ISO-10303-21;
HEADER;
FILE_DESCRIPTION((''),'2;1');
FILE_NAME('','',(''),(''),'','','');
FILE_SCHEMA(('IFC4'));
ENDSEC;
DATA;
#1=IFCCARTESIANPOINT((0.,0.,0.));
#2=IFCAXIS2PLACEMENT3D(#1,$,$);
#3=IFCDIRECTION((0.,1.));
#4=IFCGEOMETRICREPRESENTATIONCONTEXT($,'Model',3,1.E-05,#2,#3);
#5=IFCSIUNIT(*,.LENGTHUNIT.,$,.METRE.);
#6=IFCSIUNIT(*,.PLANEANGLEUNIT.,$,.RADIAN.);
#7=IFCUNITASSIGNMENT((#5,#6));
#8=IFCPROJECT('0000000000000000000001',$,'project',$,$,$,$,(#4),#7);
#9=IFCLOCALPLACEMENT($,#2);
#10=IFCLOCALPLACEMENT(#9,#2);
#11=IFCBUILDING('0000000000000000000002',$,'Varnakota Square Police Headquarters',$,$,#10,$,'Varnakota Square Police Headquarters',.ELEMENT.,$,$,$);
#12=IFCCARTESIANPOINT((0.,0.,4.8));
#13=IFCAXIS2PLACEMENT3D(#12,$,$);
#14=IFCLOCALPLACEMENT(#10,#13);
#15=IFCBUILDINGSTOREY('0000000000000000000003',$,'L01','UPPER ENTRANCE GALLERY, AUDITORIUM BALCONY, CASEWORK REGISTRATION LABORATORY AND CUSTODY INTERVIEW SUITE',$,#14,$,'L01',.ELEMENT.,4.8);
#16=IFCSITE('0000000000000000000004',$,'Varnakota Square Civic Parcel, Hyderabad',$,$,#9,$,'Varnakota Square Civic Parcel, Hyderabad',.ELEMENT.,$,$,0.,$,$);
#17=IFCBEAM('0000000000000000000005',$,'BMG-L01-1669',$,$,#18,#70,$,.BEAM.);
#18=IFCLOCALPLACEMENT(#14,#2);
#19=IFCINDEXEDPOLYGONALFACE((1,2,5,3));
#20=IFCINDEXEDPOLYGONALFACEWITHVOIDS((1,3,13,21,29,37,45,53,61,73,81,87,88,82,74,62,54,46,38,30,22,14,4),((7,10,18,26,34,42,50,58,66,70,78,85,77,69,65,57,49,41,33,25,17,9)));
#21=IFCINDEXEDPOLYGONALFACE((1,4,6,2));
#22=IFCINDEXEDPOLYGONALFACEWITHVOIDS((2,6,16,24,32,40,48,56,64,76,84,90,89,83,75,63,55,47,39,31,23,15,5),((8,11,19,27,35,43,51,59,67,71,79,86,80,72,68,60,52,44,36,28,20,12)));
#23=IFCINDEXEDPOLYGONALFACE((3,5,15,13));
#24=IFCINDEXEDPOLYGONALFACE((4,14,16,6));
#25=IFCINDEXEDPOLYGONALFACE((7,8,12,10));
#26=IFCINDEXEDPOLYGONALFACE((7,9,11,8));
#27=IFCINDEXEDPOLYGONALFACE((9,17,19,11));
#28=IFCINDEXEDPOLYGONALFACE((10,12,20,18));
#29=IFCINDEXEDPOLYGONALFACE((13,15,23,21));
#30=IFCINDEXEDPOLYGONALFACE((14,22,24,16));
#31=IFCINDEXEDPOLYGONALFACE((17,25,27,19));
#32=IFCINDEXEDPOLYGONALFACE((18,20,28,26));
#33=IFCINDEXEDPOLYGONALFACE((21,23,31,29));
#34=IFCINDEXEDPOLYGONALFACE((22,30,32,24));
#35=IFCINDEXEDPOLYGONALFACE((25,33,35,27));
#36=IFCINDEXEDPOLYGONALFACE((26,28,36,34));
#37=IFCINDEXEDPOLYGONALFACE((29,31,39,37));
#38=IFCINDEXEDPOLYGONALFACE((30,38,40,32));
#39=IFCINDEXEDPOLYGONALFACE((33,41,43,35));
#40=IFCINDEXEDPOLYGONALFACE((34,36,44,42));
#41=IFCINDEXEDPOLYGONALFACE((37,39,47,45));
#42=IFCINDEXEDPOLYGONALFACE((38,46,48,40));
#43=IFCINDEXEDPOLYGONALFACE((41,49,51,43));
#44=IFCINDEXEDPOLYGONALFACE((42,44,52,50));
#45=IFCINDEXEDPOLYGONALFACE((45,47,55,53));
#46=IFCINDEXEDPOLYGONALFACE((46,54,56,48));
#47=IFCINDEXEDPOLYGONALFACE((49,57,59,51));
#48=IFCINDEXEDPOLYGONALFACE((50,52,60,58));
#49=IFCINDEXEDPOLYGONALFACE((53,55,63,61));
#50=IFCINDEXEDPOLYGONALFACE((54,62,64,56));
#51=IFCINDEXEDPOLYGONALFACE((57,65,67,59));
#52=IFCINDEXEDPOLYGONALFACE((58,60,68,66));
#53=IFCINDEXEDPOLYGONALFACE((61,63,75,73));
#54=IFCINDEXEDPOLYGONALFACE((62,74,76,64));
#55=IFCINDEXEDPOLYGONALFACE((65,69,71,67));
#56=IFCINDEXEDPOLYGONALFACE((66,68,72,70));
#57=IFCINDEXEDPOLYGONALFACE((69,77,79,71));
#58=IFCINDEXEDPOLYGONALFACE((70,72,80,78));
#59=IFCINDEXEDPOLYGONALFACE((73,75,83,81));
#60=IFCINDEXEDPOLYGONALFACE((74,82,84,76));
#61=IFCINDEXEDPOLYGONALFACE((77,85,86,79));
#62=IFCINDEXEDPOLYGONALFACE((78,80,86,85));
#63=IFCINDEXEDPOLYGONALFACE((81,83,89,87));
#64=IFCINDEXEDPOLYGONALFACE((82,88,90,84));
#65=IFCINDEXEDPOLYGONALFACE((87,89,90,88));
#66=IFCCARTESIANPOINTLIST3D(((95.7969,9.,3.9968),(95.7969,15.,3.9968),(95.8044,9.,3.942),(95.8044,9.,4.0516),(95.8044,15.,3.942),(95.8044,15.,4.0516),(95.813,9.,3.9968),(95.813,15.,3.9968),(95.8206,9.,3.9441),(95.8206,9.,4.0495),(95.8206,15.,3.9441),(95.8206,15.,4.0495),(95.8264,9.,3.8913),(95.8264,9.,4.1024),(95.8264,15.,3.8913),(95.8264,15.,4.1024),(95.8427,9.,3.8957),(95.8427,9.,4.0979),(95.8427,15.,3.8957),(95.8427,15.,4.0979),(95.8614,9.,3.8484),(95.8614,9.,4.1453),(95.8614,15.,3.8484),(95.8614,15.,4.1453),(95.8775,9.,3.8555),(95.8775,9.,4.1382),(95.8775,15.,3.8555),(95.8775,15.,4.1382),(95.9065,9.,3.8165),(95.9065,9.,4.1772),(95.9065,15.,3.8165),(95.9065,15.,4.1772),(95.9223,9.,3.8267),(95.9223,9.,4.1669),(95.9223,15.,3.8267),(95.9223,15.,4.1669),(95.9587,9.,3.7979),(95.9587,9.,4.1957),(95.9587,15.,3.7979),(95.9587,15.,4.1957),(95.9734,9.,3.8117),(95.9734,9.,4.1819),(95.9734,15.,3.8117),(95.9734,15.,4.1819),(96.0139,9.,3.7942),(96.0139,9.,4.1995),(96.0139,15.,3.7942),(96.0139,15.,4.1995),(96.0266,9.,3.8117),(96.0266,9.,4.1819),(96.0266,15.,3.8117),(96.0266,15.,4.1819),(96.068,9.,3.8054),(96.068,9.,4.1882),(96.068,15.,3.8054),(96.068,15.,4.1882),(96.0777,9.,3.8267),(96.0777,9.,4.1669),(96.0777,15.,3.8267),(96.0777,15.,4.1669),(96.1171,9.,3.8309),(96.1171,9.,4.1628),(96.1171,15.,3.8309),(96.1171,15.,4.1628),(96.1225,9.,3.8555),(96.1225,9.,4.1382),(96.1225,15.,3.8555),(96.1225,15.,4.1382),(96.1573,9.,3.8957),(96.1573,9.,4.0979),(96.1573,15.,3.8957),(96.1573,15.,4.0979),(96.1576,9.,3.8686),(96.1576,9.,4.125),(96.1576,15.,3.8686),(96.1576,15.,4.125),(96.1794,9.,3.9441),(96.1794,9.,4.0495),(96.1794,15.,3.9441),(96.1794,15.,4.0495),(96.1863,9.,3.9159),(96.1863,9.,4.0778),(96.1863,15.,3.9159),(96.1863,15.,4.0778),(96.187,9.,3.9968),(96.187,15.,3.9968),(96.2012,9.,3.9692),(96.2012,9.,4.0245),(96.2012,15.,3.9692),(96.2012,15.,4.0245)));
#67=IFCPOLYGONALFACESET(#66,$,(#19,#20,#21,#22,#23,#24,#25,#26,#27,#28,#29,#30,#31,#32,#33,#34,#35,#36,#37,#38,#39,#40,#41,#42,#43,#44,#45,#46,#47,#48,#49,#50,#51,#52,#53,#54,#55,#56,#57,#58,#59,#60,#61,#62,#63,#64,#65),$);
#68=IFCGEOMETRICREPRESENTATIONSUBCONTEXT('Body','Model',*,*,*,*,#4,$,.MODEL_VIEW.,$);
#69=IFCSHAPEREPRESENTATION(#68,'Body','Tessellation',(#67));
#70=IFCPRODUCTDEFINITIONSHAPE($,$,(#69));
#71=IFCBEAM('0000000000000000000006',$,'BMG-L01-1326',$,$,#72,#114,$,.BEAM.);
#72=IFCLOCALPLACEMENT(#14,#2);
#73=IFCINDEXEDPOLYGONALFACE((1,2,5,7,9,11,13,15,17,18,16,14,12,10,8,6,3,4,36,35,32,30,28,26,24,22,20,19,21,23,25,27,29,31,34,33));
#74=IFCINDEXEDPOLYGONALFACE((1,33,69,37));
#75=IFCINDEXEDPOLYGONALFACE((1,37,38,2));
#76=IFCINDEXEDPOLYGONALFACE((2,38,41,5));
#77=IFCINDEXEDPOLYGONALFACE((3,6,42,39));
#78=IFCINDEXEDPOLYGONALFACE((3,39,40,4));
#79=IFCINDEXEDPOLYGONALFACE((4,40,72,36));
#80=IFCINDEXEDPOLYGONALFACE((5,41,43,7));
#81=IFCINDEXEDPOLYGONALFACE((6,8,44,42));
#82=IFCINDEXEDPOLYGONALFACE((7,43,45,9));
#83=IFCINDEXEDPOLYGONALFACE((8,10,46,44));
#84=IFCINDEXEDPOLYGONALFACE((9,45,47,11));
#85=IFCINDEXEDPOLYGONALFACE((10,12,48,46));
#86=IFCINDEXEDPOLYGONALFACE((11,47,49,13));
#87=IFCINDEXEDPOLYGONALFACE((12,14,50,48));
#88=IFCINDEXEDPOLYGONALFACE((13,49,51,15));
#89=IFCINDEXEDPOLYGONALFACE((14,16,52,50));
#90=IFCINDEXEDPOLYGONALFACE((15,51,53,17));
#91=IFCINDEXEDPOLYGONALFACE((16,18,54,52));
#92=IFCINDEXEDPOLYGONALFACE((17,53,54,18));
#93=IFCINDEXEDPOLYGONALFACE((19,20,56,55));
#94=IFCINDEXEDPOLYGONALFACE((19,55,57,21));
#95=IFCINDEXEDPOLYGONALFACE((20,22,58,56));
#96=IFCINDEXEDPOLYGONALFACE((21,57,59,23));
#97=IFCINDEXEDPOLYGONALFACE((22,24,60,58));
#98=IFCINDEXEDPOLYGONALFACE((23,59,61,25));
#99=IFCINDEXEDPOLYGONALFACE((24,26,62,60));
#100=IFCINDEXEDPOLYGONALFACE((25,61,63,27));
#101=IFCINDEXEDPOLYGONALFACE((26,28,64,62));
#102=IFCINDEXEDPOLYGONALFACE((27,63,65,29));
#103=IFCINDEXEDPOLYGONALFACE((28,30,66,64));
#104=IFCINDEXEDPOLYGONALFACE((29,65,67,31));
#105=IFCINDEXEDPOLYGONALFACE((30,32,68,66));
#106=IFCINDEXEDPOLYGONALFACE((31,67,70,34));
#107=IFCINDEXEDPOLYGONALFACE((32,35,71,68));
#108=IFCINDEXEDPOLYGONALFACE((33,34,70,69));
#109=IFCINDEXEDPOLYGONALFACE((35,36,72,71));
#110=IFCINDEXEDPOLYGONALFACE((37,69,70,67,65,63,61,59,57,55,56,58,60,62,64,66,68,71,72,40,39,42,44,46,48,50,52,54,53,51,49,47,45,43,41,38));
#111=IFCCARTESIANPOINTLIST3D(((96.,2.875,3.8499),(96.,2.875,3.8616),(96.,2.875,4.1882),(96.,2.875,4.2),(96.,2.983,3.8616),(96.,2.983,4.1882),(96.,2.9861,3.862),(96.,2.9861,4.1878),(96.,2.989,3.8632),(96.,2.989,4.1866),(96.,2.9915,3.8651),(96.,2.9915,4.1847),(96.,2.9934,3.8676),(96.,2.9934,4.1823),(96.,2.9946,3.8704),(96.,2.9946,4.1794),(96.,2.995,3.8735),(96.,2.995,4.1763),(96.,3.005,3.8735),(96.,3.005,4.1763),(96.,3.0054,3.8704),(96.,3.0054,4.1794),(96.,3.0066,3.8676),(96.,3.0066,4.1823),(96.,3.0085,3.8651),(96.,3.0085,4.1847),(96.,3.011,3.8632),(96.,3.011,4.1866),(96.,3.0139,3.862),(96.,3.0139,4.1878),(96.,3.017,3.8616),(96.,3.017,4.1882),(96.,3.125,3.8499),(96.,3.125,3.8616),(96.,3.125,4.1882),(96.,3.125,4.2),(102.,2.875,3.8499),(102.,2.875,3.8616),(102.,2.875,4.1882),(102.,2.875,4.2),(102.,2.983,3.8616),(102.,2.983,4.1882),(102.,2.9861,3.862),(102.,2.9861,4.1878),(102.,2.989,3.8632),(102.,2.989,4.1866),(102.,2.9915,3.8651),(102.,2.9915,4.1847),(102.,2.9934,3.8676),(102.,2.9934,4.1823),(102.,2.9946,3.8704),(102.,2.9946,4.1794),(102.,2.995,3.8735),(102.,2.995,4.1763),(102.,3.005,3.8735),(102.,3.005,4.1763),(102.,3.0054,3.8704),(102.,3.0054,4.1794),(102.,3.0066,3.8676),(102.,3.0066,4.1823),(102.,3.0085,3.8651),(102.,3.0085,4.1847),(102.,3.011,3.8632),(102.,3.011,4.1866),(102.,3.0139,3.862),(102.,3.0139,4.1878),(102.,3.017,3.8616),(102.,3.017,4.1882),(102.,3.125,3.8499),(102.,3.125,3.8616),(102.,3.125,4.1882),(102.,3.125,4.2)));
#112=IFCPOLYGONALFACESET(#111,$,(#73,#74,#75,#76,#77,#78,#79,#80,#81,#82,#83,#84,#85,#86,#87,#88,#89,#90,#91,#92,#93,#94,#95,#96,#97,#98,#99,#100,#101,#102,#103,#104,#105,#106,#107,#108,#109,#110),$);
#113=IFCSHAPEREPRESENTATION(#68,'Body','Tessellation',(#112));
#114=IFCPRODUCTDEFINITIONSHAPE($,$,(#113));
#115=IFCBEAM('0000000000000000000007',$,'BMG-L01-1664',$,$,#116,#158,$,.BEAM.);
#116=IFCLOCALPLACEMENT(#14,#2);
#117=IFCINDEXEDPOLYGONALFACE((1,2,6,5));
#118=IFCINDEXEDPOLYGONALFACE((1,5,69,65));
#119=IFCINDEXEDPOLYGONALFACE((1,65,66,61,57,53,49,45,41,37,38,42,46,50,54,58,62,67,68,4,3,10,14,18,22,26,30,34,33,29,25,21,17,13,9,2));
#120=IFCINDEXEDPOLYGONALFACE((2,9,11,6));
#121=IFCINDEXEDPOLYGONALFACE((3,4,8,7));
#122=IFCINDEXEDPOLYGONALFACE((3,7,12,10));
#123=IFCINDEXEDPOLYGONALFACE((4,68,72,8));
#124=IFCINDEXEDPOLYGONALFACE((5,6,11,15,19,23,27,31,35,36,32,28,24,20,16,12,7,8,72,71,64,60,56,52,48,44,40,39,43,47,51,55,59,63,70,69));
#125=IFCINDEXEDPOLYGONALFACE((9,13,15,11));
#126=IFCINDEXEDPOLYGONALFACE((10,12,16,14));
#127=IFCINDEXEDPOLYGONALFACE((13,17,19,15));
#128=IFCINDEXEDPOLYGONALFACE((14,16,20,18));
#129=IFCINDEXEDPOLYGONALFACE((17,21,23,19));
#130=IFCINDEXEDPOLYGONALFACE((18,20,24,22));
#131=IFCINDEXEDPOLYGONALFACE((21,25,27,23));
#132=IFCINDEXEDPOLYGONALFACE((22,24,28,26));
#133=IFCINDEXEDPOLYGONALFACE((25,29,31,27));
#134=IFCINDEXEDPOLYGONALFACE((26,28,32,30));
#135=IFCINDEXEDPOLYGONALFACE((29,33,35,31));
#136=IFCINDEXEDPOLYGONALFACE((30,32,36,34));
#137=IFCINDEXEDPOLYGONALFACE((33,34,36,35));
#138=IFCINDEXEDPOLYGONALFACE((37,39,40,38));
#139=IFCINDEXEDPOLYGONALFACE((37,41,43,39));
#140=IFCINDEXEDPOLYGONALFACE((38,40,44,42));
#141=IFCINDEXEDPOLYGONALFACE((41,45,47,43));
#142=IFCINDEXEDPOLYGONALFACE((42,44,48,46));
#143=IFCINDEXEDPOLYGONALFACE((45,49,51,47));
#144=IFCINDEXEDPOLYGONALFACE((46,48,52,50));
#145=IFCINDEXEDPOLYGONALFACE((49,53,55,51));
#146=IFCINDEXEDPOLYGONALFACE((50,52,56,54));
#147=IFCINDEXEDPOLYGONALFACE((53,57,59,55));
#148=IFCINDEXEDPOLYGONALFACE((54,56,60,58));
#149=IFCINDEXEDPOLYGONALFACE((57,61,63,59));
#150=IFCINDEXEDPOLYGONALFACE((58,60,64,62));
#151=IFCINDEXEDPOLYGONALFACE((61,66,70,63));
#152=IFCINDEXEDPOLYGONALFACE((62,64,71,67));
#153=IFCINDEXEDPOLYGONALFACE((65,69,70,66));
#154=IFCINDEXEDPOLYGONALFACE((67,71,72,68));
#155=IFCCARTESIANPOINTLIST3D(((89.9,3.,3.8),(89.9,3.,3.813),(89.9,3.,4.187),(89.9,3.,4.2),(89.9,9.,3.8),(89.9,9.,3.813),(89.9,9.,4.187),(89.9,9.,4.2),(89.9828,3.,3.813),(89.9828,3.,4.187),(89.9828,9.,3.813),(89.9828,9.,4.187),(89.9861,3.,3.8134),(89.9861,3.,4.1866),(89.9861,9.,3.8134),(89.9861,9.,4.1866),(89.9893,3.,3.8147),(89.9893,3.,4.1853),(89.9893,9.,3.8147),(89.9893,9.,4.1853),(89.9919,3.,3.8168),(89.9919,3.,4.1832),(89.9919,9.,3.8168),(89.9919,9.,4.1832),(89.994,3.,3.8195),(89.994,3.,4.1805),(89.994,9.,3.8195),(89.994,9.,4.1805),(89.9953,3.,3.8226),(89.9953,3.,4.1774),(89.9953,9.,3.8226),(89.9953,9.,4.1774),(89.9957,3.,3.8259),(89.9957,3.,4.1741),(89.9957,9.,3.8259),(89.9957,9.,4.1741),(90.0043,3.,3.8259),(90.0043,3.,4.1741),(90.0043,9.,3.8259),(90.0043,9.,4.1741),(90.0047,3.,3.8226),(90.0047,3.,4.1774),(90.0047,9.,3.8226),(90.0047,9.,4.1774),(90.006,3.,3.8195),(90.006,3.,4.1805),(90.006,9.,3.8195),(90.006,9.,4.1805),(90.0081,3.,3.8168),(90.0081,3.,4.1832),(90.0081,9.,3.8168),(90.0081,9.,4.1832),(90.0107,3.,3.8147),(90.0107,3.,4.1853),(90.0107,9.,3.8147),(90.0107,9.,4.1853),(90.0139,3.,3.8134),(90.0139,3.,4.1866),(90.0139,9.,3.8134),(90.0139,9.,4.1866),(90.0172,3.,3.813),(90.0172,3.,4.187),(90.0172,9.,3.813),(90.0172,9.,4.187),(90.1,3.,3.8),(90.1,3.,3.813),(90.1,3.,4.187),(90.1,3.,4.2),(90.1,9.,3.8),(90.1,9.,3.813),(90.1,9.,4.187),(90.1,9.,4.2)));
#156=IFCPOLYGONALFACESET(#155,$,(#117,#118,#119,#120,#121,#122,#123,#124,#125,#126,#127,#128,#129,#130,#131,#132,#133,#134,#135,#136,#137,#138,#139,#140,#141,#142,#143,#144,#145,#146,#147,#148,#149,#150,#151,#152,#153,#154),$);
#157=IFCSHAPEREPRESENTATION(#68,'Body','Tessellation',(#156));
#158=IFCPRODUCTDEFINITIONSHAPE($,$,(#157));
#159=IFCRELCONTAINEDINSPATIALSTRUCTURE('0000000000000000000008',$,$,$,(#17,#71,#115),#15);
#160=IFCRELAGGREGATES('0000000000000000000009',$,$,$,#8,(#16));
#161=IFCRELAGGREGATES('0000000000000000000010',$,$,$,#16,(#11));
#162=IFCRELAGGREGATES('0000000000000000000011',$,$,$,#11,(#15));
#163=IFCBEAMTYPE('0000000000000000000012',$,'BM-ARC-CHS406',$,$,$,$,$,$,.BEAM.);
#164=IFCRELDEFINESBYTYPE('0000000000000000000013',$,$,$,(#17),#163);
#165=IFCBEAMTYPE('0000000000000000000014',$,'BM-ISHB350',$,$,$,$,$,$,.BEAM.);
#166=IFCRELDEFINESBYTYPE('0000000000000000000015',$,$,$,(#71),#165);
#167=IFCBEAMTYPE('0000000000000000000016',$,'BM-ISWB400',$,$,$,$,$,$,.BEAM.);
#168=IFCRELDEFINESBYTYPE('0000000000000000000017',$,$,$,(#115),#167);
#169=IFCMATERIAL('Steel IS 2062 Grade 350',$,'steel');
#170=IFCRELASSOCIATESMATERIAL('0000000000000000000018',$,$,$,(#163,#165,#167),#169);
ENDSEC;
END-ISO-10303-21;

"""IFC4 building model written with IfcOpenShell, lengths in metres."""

from ifc_helpers import new_model, si_unit, direction, frame, origin, origin_2d, place, context, subcontext, project, spatial, hollow_circle, i_section, extrude, material, material_profile, profile_set, type_object, element, save


model = new_model("IFC4")

# Units and contexts
model_context = context("Model", 3, precision=1e-05, world=origin(), true_north=direction((0.0, 1.0)))
body_context = subcontext(model_context, "Body", "Model", "MODEL_VIEW")
ifc_project = project(units=[si_unit("LENGTHUNIT", "METRE"), si_unit("PLANEANGLEUNIT", "RADIAN")], contexts=[model_context])

# Site, building, storey
site_placement = place(None, origin())
site = spatial("IfcSite", under=ifc_project, at=site_placement, Name="Varnakota Square Civic Parcel, Hyderabad", LongName="Varnakota Square Civic Parcel, Hyderabad", CompositionType="ELEMENT", RefElevation=0.0)
building_placement = place(site_placement, origin())
building = spatial("IfcBuilding", under=site, at=building_placement, Name="Varnakota Square Police Headquarters", LongName="Varnakota Square Police Headquarters", CompositionType="ELEMENT")
storey_placement = place(building_placement, frame((0.0, 0.0, 4.8)))
storey = spatial("IfcBuildingStorey", under=building, at=storey_placement, Name="L01", Description="UPPER ENTRANCE GALLERY, AUDITORIUM BALCONY, CASEWORK REGISTRATION LABORATORY AND CUSTODY INTERVIEW SUITE", LongName="L01", CompositionType="ELEMENT", Elevation=4.8)

# Shared definitions
ifc_material_1 = material(Name="Steel IS 2062 Grade 350", Category="steel")

# Beams
ifc_material_profile_1 = material_profile(ifc_material_1, hollow_circle(Radius=0.2031, WallThickness=0.0161, at=origin_2d()), Name="CHS 406.4x16.0")
ifc_profile_set_1 = profile_set([ifc_material_profile_1], Name="Steel IS 2062 Grade 350")
beam_type_1 = type_object("IfcBeamType", Name="BM-ARC-CHS406", PredefinedType="BEAM", material=ifc_profile_set_1)
beam_1_placement = place(storey_placement, frame((96.0, 9.0, 3.9968), z_axis=(0.0, 1.0, 0.0), x_axis=(-1.0, 0.0, 0.0)))
element("IfcBeam", 1, at=beam_1_placement, inside=storey, type_object=beam_type_1, Name="BMG-L01-1669", PredefinedType="BEAM", context=body_context, shape_type="SweptSolid", body=[
    extrude(hollow_circle(Radius=0.2031, WallThickness=0.0161, at=origin_2d()), origin(), (0.0, 0.0, 1.0), 6.0),
])
ifc_material_profile_2 = material_profile(ifc_material_1, i_section(OverallWidth=0.25, OverallDepth=0.3501, WebThickness=0.01, FlangeThickness=0.0117, FilletRadius=0.012, at=origin_2d()), Name="ISHB 350")
ifc_profile_set_2 = profile_set([ifc_material_profile_2], Name="Steel IS 2062 Grade 350")
beam_type_2 = type_object("IfcBeamType", Name="BM-ISHB350", PredefinedType="BEAM", material=ifc_profile_set_2)
beam_2_placement = place(storey_placement, frame((96.0, 3.0, 4.0249), z_axis=(1.0, 0.0, 0.0), x_axis=(0.0, 1.0, 0.0)))
element("IfcBeam", 2, at=beam_2_placement, inside=storey, type_object=beam_type_2, Name="BMG-L01-1326", PredefinedType="BEAM", context=body_context, shape_type="SweptSolid", body=[
    extrude(i_section(OverallWidth=0.25, OverallDepth=0.3501, WebThickness=0.01, FlangeThickness=0.0117, FilletRadius=0.012, at=origin_2d()), origin(), (0.0, 0.0, 1.0), 6.0),
])
ifc_material_profile_3 = material_profile(ifc_material_1, i_section(OverallWidth=0.2, OverallDepth=0.3999, WebThickness=0.0085, FlangeThickness=0.0129, FilletRadius=0.0129, at=origin_2d()), Name="ISWB 400")
ifc_profile_set_3 = profile_set([ifc_material_profile_3], Name="Steel IS 2062 Grade 350")
beam_type_3 = type_object("IfcBeamType", Name="BM-ISWB400", PredefinedType="BEAM", material=ifc_profile_set_3)
for number, where, z_axis, x_axis, name in (
    (3, (90.0, 3.0, 4.0), (0.0, 1.0, 0.0), (-1.0, 0.0, 0.0), "BMG-L01-1664"),
):
    element("IfcBeam", number, at=place(storey_placement, frame(where, z_axis=z_axis, x_axis=x_axis)), inside=storey, type_object=beam_type_3, Name=name, PredefinedType="BEAM", context=body_context, shape_type="SweptSolid", body=[
        extrude(i_section(OverallWidth=0.2, OverallDepth=0.3999, WebThickness=0.0085, FlangeThickness=0.0129, FilletRadius=0.0129, at=origin_2d()), origin(), (0.0, 0.0, 1.0), 6.0),
    ])

save(model, "model.ifc")
